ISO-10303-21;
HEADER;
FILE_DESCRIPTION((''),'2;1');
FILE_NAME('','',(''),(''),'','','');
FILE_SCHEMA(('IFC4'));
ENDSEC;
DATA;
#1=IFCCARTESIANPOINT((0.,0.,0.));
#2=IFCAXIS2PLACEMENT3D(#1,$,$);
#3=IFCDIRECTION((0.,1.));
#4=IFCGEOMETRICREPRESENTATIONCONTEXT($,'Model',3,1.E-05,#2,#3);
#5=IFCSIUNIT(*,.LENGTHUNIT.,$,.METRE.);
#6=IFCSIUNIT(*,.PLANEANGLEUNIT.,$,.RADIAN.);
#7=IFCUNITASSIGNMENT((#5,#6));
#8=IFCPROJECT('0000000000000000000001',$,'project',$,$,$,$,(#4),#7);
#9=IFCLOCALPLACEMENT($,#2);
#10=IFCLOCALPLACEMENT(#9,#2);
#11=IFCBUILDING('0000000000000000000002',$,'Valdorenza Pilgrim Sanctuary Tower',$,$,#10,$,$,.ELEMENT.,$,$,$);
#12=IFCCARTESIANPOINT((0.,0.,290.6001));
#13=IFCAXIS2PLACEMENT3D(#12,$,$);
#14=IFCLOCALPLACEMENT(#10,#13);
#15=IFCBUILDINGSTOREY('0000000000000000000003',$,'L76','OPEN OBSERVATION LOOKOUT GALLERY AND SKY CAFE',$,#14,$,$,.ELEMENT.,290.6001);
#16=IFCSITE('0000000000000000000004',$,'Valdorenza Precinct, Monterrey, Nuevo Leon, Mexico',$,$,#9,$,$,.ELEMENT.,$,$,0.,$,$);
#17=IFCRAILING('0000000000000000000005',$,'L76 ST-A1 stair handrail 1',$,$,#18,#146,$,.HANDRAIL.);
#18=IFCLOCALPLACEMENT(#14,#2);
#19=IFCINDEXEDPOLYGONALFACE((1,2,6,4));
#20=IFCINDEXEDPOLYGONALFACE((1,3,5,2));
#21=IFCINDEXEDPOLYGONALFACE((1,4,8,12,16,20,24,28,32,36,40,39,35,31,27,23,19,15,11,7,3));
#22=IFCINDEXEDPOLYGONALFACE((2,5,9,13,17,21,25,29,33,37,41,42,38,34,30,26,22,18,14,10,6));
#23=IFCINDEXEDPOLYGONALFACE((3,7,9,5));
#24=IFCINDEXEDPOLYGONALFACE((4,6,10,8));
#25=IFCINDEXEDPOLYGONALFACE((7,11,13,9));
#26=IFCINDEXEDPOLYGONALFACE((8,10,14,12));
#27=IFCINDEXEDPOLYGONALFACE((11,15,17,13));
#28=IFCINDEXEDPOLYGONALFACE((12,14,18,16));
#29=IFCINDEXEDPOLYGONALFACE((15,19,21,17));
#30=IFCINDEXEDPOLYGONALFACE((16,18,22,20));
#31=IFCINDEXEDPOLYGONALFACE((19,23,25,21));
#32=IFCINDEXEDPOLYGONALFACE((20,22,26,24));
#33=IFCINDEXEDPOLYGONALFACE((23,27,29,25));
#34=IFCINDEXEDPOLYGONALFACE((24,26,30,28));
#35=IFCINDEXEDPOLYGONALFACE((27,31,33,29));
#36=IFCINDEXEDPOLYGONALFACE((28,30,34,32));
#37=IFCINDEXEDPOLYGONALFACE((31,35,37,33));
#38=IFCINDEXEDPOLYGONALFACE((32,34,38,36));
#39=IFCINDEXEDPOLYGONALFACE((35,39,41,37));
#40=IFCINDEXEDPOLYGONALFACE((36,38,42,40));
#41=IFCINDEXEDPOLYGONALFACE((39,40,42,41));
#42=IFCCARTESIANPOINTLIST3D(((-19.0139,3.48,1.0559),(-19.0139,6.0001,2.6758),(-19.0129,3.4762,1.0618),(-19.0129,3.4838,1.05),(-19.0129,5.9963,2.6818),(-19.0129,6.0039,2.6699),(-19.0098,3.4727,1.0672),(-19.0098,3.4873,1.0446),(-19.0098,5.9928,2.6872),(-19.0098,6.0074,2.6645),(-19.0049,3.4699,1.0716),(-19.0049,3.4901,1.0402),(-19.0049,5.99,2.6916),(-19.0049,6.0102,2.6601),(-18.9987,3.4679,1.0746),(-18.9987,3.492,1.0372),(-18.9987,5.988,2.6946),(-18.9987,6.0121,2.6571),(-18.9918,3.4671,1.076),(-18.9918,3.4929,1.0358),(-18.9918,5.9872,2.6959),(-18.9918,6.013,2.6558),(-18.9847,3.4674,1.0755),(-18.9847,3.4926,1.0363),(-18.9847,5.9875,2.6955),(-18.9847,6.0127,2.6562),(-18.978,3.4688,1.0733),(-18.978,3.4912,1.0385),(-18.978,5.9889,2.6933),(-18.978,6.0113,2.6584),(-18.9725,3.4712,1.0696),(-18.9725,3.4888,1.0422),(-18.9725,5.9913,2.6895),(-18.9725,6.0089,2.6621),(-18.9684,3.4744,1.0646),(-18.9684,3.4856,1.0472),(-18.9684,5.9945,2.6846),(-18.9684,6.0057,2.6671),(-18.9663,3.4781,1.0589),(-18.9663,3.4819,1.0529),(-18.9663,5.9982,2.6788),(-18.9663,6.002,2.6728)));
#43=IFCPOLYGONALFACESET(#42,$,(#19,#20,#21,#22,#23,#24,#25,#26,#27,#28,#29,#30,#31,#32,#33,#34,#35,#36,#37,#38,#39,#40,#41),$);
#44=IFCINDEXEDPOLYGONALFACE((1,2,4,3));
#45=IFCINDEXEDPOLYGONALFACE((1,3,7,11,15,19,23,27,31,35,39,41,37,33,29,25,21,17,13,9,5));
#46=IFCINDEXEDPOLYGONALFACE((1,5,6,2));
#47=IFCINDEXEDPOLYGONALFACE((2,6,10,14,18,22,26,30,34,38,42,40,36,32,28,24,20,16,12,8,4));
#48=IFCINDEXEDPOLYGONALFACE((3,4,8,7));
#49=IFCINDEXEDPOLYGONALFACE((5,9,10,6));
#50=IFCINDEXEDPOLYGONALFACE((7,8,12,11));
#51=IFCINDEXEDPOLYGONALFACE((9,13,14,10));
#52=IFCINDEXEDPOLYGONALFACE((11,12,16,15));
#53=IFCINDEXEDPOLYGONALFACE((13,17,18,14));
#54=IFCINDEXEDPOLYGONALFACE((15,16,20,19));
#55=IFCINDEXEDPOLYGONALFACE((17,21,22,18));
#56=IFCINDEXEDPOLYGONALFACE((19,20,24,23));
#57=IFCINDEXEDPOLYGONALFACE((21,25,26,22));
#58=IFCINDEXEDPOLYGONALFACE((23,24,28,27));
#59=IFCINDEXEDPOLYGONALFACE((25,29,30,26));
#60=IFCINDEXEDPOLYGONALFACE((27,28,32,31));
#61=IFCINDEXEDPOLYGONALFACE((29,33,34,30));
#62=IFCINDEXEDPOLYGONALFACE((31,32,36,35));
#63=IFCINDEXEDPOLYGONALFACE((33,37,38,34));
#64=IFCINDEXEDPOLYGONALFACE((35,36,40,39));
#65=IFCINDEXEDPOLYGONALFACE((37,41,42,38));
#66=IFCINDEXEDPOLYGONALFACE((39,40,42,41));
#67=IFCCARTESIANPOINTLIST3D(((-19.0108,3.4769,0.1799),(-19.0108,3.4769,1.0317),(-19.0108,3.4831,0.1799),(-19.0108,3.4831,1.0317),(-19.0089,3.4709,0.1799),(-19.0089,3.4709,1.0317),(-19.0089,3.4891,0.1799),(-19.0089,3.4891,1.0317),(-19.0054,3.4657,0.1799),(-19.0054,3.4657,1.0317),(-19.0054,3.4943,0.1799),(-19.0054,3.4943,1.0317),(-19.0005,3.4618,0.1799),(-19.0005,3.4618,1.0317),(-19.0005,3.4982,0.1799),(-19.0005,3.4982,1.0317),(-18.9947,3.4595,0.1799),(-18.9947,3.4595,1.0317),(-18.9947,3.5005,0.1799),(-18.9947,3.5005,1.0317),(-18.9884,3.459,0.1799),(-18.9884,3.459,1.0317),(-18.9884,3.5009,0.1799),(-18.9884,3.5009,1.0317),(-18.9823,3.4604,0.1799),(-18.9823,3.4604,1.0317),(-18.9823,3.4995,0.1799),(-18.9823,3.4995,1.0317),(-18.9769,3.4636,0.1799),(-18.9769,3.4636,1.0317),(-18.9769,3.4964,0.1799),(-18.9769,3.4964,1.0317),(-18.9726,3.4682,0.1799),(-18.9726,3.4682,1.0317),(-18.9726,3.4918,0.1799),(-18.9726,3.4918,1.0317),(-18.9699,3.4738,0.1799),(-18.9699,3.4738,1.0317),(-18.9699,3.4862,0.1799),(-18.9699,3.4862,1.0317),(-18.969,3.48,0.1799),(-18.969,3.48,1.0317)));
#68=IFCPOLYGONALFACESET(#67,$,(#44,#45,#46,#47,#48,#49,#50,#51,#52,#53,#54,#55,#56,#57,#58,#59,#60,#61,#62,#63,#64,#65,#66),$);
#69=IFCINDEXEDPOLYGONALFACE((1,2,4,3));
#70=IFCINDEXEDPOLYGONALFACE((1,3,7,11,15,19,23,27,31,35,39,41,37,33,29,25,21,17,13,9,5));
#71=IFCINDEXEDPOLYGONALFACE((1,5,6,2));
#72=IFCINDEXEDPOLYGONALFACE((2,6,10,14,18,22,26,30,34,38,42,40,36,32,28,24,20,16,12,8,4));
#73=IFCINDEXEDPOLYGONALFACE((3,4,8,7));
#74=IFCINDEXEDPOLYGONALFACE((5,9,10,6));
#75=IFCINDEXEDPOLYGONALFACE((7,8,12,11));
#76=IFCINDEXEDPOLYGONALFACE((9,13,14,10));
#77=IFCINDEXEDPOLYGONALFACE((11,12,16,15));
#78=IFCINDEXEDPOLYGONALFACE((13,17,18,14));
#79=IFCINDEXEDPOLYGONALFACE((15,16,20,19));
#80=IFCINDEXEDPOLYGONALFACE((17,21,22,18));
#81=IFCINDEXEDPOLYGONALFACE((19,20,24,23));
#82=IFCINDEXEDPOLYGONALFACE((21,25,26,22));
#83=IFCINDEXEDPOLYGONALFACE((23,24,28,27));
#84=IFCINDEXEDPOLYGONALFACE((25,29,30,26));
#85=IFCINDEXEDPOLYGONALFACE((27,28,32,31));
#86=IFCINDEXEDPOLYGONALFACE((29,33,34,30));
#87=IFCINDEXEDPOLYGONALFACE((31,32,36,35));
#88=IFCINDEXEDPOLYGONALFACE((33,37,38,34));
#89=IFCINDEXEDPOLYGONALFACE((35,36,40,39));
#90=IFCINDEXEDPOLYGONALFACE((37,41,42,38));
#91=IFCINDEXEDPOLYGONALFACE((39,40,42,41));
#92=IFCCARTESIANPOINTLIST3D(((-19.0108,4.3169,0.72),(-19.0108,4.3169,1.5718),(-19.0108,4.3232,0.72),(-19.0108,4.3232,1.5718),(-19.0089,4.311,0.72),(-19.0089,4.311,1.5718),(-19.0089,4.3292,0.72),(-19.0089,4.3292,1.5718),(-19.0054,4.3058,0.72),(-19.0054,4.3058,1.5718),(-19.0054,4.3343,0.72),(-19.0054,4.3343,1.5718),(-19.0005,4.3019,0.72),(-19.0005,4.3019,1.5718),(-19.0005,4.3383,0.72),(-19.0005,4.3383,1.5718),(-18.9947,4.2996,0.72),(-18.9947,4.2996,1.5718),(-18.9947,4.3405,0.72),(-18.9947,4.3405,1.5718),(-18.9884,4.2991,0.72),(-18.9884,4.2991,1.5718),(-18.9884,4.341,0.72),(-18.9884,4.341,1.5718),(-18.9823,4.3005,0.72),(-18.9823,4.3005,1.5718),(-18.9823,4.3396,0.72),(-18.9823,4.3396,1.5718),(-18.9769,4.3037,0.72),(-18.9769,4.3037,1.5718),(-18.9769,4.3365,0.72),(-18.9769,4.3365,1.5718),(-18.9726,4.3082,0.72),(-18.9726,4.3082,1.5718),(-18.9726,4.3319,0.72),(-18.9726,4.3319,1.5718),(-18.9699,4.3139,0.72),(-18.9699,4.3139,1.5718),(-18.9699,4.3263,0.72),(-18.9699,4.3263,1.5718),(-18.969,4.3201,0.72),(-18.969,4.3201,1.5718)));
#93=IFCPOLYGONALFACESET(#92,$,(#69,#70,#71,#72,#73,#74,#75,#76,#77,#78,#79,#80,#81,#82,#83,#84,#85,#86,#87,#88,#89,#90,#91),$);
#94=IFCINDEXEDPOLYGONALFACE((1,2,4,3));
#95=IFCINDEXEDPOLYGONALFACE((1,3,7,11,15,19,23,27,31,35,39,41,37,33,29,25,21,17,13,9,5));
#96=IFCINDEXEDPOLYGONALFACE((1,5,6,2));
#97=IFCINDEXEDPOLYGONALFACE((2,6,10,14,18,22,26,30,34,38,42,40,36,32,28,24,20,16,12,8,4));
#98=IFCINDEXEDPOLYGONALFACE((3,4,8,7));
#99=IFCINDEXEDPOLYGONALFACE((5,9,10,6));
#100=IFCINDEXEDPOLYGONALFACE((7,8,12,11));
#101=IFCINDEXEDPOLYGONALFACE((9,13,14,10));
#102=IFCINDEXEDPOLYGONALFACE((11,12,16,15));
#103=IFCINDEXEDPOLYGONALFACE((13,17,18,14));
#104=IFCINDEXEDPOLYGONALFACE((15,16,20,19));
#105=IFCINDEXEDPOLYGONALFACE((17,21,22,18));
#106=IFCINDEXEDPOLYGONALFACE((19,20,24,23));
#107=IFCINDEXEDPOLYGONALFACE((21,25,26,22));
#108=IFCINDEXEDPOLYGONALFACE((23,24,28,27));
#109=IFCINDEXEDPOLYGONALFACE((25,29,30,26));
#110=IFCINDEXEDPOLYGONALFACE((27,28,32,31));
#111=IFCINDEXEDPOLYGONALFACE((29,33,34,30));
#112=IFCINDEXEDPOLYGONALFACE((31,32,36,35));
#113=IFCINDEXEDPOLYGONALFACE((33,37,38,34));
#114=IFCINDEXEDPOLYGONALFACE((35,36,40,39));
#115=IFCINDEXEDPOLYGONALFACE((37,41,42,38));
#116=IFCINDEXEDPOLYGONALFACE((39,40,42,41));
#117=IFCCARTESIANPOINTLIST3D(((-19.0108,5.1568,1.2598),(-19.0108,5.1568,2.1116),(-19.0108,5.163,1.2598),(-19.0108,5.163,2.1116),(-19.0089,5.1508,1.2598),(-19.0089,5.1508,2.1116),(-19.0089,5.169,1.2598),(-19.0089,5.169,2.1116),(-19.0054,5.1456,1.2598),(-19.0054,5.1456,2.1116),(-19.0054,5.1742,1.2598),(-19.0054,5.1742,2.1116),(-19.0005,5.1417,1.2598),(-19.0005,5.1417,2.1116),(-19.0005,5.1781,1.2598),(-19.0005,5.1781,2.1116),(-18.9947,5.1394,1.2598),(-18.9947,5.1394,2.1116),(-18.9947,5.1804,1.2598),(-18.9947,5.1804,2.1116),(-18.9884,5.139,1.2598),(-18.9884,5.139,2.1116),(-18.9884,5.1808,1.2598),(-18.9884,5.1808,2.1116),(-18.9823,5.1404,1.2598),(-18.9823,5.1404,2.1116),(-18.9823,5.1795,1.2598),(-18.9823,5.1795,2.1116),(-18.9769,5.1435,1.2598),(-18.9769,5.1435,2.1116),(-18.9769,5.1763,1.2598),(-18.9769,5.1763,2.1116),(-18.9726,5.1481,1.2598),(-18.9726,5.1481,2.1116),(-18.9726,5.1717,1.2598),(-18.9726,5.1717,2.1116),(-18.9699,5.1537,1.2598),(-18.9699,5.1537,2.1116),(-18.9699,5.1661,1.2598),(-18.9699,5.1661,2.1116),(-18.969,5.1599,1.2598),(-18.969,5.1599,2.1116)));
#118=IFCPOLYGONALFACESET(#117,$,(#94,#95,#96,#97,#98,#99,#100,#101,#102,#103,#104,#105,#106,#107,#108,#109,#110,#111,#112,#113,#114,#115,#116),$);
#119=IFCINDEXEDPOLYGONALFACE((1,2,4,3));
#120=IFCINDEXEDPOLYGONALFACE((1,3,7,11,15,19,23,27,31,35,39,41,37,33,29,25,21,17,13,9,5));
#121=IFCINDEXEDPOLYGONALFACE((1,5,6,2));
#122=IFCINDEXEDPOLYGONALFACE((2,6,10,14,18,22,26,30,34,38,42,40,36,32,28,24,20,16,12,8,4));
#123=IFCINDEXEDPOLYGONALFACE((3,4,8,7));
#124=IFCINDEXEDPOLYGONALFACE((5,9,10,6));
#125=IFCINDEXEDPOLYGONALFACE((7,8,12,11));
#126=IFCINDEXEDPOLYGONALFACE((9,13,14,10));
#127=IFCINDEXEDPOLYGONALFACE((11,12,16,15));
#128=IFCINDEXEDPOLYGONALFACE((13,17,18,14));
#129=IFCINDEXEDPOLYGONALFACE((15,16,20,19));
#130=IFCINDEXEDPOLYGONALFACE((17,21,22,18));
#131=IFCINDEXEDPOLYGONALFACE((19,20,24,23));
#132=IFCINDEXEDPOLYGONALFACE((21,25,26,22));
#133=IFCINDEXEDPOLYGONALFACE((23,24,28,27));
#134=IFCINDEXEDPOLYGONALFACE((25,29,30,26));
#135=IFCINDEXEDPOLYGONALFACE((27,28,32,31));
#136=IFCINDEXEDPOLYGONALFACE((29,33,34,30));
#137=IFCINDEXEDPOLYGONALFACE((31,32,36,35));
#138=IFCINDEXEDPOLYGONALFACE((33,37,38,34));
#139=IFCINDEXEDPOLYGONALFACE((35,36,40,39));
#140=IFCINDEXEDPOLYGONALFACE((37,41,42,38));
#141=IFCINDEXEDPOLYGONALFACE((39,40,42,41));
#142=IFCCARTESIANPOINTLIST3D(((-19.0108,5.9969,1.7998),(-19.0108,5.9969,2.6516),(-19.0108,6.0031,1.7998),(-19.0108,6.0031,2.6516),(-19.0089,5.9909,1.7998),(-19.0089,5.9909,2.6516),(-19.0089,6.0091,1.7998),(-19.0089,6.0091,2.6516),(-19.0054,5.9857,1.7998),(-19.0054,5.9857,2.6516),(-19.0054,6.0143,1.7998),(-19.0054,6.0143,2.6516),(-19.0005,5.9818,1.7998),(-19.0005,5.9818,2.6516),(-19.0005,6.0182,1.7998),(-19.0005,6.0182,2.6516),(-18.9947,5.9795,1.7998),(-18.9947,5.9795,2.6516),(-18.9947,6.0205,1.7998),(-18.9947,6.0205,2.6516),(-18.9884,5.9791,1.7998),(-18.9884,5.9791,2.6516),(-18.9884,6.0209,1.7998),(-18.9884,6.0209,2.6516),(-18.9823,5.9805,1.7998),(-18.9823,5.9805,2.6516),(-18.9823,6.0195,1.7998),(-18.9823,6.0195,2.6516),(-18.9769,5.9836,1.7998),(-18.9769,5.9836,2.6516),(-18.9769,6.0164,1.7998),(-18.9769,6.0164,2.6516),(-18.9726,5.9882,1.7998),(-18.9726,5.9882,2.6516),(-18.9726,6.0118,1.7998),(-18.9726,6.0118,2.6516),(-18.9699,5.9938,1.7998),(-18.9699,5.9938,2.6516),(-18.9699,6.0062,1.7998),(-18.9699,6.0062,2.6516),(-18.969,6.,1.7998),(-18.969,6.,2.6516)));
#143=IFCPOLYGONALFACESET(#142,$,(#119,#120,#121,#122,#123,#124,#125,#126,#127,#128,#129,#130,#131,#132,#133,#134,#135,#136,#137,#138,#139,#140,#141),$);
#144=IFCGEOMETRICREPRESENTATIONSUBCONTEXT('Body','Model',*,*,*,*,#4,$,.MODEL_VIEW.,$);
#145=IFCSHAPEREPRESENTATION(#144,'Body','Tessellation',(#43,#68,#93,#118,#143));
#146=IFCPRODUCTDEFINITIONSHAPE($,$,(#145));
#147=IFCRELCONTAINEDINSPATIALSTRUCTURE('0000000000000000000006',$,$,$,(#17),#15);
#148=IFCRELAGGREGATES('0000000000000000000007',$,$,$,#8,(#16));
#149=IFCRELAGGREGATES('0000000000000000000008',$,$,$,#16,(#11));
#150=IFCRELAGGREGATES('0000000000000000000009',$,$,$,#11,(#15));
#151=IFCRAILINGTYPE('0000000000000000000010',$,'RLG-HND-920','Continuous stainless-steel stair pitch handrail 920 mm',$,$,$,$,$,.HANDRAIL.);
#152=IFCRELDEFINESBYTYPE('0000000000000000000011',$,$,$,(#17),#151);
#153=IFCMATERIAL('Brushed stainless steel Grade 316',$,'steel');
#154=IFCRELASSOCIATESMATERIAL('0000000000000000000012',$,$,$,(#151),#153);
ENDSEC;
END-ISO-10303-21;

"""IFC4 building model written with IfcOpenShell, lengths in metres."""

from ifc_helpers import new_model, si_unit, direction, frame, origin, origin_2d, place, context, subcontext, project, spatial, circle, extrude, material, type_object, element, save


model = new_model("IFC4")

# Units and contexts
model_context = context("Model", 3, precision=1e-05, world=origin(), true_north=direction((0.0, 1.0)))
body_context = subcontext(model_context, "Body", "Model", "MODEL_VIEW")
ifc_project = project(units=[si_unit("LENGTHUNIT", "METRE"), si_unit("PLANEANGLEUNIT", "RADIAN")], contexts=[model_context])

# Site, building, storey
site_placement = place(None, origin())
site = spatial("IfcSite", under=ifc_project, at=site_placement, Name="Valdorenza Precinct, Monterrey, Nuevo Leon, Mexico", CompositionType="ELEMENT", RefElevation=0.0)
building_placement = place(site_placement, origin())
building = spatial("IfcBuilding", under=site, at=building_placement, Name="Valdorenza Pilgrim Sanctuary Tower", CompositionType="ELEMENT")
storey_placement = place(building_placement, frame((0.0, 0.0, 290.6001)))
storey = spatial("IfcBuildingStorey", under=building, at=storey_placement, Name="L76", Description="OPEN OBSERVATION LOOKOUT GALLERY AND SKY CAFE", CompositionType="ELEMENT", Elevation=290.6001)

# Railing
ifc_material_1 = material(Name="Brushed stainless steel Grade 316", Category="steel")
railing_type_1 = type_object("IfcRailingType", Name="RLG-HND-920", Description="Continuous stainless-steel stair pitch handrail 920 mm", PredefinedType="HANDRAIL", material=ifc_material_1)
railing_1_placement = place(storey_placement, frame((-18.99, 3.48, 0.1799)))
element("IfcRailing", 1, at=railing_1_placement, inside=storey, type_object=railing_type_1, Name="L76 ST-A1 stair handrail 1", PredefinedType="HANDRAIL", context=body_context, shape_type="SweptSolid", body=[
    extrude(circle(Radius=0.0239, at=origin_2d()), frame((0.0, 0.0, 0.876), z_axis=(0.0, 0.8412, 0.540725), x_axis=(-1.0, 0.0, 0.0)), (0.0, 0.0, 1.0), 2.9958),
    extrude(circle(Radius=0.021, at=origin_2d()), origin(), (0.0, 0.0, 1.0), 0.8518),
    extrude(circle(Radius=0.021, at=origin_2d()), frame((0.0, 0.8401, 0.54)), (0.0, 0.0, 1.0), 0.8518),
    extrude(circle(Radius=0.021, at=origin_2d()), frame((0.0, 1.6799, 1.0798)), (0.0, 0.0, 1.0), 0.8518),
    extrude(circle(Radius=0.021, at=origin_2d()), frame((0.0, 2.52, 1.6199)), (0.0, 0.0, 1.0), 0.8518),
])

save(model, "model.ifc")
